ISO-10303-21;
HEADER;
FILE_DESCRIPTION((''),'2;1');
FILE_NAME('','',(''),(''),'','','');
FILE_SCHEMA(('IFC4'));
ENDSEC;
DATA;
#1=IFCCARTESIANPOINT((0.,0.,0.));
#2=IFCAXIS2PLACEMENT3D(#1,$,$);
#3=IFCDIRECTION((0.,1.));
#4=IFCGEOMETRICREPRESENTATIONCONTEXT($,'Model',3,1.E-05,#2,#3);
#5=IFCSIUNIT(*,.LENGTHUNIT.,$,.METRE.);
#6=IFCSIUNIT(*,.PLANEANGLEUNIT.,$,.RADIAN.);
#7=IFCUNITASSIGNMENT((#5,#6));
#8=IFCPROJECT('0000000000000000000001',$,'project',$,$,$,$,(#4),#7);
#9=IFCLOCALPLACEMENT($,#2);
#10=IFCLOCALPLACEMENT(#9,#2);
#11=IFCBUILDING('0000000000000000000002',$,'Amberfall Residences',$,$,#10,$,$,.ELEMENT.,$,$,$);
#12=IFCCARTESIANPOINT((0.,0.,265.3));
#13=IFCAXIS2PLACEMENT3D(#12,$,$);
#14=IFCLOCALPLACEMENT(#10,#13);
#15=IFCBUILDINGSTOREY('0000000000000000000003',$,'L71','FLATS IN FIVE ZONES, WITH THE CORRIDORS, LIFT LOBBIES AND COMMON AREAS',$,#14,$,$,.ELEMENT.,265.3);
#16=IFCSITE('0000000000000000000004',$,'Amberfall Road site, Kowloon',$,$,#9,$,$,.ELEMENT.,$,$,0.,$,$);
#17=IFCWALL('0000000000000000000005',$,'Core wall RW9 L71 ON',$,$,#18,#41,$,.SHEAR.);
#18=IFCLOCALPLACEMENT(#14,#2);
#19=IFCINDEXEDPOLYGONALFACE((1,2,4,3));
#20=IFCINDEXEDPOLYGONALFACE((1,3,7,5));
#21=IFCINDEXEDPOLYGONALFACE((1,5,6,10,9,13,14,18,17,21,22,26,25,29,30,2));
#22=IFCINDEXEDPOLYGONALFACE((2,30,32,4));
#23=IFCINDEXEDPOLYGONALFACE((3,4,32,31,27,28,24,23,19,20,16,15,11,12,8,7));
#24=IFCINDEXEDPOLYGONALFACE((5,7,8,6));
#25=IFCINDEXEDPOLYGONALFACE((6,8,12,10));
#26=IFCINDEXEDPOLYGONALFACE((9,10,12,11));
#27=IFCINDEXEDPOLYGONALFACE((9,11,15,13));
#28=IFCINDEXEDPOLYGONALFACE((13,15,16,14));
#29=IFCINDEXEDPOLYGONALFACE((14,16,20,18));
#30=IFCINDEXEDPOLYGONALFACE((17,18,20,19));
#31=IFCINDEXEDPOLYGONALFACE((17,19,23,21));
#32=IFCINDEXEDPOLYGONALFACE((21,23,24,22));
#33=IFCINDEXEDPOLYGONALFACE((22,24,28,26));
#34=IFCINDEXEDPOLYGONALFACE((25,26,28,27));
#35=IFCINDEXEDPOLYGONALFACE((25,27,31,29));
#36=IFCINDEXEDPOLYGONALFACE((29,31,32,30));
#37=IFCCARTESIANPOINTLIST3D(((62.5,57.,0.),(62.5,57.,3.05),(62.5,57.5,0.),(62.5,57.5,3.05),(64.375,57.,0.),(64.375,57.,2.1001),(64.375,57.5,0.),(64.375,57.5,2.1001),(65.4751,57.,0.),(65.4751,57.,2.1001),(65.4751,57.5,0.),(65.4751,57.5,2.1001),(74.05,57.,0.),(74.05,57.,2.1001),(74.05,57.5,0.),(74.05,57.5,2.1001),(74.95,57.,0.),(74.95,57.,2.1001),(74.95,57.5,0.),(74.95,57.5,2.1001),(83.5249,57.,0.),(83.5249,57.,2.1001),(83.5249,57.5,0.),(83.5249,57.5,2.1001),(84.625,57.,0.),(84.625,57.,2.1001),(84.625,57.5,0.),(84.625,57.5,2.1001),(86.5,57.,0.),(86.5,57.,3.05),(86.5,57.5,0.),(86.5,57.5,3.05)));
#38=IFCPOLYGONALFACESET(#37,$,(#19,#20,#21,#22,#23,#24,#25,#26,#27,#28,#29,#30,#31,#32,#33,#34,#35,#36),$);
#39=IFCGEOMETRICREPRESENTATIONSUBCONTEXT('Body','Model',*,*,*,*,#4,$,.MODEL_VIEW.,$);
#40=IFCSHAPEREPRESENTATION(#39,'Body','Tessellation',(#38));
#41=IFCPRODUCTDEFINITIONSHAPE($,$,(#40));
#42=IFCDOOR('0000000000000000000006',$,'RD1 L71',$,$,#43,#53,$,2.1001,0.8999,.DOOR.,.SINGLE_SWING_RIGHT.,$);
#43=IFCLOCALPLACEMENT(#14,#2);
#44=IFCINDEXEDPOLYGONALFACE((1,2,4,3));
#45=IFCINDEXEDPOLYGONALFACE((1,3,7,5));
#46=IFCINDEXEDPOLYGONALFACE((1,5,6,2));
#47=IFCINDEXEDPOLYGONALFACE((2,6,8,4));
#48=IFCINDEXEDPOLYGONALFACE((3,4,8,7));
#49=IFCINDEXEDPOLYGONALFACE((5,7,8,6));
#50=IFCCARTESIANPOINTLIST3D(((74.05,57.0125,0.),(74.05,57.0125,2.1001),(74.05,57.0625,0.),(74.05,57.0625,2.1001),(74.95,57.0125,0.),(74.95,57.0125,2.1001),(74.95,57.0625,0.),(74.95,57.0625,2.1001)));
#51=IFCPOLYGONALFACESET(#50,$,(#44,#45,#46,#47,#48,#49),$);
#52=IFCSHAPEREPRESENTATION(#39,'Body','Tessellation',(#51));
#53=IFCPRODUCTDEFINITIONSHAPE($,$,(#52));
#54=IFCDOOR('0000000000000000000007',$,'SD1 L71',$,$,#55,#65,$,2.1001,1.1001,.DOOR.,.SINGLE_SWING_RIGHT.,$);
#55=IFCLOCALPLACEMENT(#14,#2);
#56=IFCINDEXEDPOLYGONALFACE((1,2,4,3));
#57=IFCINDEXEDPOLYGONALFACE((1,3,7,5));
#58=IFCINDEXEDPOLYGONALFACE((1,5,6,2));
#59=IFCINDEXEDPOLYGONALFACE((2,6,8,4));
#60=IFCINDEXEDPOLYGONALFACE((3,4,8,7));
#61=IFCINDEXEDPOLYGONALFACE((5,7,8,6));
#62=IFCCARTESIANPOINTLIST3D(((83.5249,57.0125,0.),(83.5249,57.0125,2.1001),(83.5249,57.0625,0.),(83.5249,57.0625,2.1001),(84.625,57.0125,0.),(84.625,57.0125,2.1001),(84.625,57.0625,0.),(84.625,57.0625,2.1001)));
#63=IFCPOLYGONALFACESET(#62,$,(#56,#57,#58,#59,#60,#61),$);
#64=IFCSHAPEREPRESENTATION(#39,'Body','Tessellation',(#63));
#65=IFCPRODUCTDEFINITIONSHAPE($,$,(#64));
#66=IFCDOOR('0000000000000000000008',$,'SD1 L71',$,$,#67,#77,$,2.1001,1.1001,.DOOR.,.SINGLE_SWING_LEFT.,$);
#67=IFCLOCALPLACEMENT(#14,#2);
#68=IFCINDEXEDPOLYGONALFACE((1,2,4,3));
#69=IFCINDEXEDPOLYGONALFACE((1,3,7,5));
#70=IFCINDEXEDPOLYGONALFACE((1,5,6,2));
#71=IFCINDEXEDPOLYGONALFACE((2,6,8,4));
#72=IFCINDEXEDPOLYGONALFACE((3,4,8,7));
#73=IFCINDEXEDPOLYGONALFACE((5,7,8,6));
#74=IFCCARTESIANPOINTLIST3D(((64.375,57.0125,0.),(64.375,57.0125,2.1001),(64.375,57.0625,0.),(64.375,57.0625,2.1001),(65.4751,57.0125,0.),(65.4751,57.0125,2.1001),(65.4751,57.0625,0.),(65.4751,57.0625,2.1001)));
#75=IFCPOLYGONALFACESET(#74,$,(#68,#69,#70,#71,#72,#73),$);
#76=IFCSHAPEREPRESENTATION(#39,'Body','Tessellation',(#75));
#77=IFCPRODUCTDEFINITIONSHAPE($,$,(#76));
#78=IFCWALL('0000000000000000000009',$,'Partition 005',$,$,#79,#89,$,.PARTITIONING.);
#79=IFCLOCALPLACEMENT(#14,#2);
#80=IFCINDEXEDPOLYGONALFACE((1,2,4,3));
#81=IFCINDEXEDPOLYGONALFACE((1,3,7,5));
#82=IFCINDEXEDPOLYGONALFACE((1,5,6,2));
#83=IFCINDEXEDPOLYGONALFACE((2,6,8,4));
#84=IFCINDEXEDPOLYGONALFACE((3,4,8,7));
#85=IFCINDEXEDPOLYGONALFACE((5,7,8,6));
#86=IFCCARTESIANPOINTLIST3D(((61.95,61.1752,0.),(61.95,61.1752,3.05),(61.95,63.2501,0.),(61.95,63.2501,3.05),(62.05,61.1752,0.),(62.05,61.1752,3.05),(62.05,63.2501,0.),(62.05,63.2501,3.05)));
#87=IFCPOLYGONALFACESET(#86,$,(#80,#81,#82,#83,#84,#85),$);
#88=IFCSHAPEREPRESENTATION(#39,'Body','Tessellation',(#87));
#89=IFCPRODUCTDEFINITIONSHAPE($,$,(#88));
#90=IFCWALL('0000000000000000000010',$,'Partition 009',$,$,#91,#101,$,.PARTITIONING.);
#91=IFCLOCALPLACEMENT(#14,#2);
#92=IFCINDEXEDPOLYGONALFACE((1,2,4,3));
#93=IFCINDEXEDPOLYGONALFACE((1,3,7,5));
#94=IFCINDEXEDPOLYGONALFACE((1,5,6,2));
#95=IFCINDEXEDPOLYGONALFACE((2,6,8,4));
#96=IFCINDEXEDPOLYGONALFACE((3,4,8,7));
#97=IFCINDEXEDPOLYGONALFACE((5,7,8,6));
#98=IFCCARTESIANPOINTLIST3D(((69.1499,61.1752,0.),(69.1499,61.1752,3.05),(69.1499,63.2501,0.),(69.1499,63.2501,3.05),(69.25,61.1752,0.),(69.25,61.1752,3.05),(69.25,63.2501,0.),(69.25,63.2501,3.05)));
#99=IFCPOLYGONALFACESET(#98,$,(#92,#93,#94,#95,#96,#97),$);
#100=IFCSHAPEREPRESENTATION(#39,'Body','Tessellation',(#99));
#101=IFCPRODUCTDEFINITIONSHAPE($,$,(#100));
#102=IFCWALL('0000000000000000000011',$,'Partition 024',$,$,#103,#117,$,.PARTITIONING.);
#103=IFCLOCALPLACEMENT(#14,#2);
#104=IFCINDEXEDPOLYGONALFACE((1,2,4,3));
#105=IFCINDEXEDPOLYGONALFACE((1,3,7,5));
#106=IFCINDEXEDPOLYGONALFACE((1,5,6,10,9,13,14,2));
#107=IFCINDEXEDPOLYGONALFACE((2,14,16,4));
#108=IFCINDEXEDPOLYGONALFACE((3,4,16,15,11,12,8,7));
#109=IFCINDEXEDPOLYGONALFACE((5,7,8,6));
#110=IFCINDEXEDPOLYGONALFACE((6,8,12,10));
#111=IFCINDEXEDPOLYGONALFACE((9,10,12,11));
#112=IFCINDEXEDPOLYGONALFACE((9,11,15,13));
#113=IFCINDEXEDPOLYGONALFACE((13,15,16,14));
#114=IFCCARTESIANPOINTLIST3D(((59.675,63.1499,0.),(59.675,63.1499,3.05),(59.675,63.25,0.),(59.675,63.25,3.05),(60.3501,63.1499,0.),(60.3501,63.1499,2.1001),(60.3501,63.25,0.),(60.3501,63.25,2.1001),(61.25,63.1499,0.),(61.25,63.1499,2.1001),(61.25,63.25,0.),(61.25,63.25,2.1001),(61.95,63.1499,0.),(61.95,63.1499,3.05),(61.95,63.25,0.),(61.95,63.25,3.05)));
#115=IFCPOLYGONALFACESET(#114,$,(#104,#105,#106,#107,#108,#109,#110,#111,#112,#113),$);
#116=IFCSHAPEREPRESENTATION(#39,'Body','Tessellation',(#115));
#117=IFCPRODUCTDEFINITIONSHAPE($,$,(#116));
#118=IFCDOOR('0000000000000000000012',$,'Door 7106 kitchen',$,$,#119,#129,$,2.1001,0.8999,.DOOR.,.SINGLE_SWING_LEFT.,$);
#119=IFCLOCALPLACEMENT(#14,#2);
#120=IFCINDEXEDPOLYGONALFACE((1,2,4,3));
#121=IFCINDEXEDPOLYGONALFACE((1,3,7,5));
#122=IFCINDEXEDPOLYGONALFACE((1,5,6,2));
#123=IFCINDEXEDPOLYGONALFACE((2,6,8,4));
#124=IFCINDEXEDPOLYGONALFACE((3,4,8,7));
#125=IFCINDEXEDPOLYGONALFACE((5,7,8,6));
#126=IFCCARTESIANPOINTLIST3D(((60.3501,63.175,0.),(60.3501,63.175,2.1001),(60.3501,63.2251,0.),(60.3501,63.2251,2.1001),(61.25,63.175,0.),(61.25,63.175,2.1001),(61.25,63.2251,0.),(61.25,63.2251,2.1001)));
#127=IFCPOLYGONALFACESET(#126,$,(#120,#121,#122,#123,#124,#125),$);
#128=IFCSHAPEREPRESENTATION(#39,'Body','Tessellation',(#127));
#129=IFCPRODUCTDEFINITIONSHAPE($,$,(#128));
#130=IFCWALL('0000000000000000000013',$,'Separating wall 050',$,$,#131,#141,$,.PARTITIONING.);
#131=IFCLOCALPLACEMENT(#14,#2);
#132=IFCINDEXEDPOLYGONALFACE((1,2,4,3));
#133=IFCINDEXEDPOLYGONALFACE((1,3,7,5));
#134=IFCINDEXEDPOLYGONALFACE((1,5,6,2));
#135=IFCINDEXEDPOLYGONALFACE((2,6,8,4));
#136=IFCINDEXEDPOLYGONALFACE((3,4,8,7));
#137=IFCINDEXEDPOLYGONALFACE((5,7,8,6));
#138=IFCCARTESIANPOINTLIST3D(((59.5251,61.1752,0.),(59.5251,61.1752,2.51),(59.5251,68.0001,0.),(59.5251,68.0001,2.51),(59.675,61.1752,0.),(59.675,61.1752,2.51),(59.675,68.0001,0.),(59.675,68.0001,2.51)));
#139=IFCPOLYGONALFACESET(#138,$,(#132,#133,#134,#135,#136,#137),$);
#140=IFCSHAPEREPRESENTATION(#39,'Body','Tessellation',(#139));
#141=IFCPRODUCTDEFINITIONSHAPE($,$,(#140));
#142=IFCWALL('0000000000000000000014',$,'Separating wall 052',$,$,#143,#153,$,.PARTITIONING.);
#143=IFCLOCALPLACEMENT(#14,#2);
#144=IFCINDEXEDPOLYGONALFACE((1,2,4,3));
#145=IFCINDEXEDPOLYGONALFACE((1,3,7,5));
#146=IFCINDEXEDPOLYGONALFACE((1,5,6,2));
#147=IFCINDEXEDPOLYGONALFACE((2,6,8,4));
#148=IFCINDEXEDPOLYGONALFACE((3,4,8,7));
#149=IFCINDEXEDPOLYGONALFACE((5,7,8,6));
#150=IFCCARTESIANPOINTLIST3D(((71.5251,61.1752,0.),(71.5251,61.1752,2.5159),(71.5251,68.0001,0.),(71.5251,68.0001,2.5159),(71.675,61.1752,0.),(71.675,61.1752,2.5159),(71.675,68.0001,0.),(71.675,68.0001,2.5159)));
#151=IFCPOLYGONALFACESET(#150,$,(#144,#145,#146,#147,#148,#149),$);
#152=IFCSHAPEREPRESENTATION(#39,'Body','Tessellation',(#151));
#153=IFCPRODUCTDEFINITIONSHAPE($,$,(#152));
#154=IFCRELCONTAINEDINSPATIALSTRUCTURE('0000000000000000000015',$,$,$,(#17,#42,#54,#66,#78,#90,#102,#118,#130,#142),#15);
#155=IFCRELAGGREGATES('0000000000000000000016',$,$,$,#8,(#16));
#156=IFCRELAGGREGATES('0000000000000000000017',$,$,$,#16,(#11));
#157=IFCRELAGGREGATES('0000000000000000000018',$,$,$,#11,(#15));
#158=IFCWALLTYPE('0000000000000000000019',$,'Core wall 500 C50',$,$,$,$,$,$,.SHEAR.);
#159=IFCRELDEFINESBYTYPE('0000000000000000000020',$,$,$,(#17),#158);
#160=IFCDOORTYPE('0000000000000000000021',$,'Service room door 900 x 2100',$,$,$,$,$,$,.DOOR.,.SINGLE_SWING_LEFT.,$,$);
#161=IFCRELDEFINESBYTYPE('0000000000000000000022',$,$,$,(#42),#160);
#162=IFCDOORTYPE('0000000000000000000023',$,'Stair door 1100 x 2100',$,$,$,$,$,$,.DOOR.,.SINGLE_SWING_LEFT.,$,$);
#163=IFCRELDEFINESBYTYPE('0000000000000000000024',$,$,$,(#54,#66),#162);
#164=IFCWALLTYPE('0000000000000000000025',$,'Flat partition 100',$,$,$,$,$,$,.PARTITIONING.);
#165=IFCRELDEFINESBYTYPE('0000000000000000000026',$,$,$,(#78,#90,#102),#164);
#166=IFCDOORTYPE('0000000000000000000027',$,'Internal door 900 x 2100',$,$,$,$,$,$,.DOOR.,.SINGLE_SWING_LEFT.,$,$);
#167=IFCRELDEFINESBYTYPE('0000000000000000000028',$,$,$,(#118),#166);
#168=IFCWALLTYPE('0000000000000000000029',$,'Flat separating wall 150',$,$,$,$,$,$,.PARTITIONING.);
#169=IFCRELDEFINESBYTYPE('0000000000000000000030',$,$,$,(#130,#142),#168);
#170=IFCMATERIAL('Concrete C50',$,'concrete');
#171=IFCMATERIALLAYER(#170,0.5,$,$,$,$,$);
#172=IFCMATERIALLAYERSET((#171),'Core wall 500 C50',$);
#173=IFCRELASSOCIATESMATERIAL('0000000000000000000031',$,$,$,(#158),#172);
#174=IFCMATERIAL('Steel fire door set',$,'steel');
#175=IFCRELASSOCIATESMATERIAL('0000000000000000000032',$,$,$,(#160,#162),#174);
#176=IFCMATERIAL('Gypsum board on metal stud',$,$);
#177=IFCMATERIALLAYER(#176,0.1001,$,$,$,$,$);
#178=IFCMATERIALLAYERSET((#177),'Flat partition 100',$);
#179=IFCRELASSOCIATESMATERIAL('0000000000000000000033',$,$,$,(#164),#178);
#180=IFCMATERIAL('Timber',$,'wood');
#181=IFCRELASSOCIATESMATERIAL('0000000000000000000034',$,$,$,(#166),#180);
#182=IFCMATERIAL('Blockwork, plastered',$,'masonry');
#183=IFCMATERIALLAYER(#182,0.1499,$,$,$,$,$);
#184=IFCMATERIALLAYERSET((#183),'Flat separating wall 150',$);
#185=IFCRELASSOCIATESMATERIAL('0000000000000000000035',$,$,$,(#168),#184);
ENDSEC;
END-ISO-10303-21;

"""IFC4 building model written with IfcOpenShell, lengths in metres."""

from ifc_helpers import new_model, si_unit, direction, frame, frame_2d, origin, place, context, subcontext, project, spatial, rectangle, extrude, material, layer, layer_set, type_object, element, fill, save


model = new_model("IFC4")

# Units and contexts
model_context = context("Model", 3, precision=1e-05, world=origin(), true_north=direction((0.0, 1.0)))
body_context = subcontext(model_context, "Body", "Model", "MODEL_VIEW")
ifc_project = project(units=[si_unit("LENGTHUNIT", "METRE"), si_unit("PLANEANGLEUNIT", "RADIAN")], contexts=[model_context])

# Site, building, storey
site_placement = place(None, origin())
site = spatial("IfcSite", under=ifc_project, at=site_placement, Name="Amberfall Road site, Kowloon", CompositionType="ELEMENT", RefElevation=0.0)
building_placement = place(site_placement, origin())
building = spatial("IfcBuilding", under=site, at=building_placement, Name="Amberfall Residences", CompositionType="ELEMENT")
storey_placement = place(building_placement, frame((0.0, 0.0, 265.3)))
storey = spatial("IfcBuildingStorey", under=building, at=storey_placement, Name="L71", Description="FLATS IN FIVE ZONES, WITH THE CORRIDORS, LIFT LOBBIES AND COMMON AREAS", CompositionType="ELEMENT", Elevation=265.3)

# Wall, openings, doors
ifc_material_1 = material(Name="Concrete C50", Category="concrete")
ifc_layer_1 = layer(ifc_material_1, 0.5)
ifc_layer_set_1 = layer_set([ifc_layer_1], Name="Core wall 500 C50")
wall_type_1 = type_object("IfcWallType", Name="Core wall 500 C50", PredefinedType="SHEAR", material=ifc_layer_set_1)
wall_1_placement = place(storey_placement, frame((62.5, 57.25, 0.0), z_axis=(0.0, 0.0, 1.0), x_axis=(1.0, 0.0, 0.0)))
wall_1 = element("IfcWall", 1, at=wall_1_placement, inside=storey, type_object=wall_type_1, Name="Core wall RW9 L71 ON", PredefinedType="SHEAR", context=body_context, shape_type="SweptSolid", body=[
    extrude(rectangle(XDim=24.0, YDim=0.5, at=frame_2d((12.0, 0.0))), origin(), (0.0, 0.0, 1.0), 3.05),
])
opening_1_placement = place(wall_1_placement, frame((21.0249, 0.0, 0.0)))
opening_1 = element("IfcOpeningElement", 2, at=opening_1_placement, cuts=wall_1, PredefinedType="OPENING", context=body_context, shape_type="SweptSolid", body=[
    extrude(rectangle(XDim=1.1001, YDim=2.1001, at=frame_2d((0.55, 1.05))), frame((0.0, 0.26, 0.0), z_axis=(0.0, -1.0, 0.0), x_axis=(1.0, 0.0, 0.0)), (0.0, 0.0, 1.0), 0.52),
])
opening_2_placement = place(wall_1_placement, frame((1.875, 0.0, 0.0)))
opening_2 = element("IfcOpeningElement", 3, at=opening_2_placement, cuts=wall_1, PredefinedType="OPENING", context=body_context, shape_type="SweptSolid", body=[
    extrude(rectangle(XDim=1.1001, YDim=2.1001, at=frame_2d((0.55, 1.05))), frame((0.0, 0.26, 0.0), z_axis=(0.0, -1.0, 0.0), x_axis=(1.0, 0.0, 0.0)), (0.0, 0.0, 1.0), 0.52),
])
opening_3_placement = place(wall_1_placement, frame((11.55, 0.0, 0.0)))
opening_3 = element("IfcOpeningElement", 4, at=opening_3_placement, cuts=wall_1, PredefinedType="OPENING", context=body_context, shape_type="SweptSolid", body=[
    extrude(rectangle(XDim=0.8999, YDim=2.1001, at=frame_2d((0.45, 1.05))), frame((0.0, 0.26, 0.0), z_axis=(0.0, -1.0, 0.0), x_axis=(1.0, 0.0, 0.0)), (0.0, 0.0, 1.0), 0.52),
])
ifc_material_2 = material(Name="Steel fire door set", Category="steel")
door_type_1 = type_object("IfcDoorType", Name="Service room door 900 x 2100", OperationType="SINGLE_SWING_LEFT", PredefinedType="DOOR", material=ifc_material_2)
door_1_placement = place(opening_3_placement, origin())
door_1 = element("IfcDoor", 5, at=door_1_placement, inside=storey, type_object=door_type_1, Name="RD1 L71", OperationType="SINGLE_SWING_RIGHT", OverallHeight=2.1001, OverallWidth=0.8999, PredefinedType="DOOR", context=body_context, shape_type="SweptSolid", body=[
    extrude(rectangle(XDim=0.8999, YDim=2.1001, at=frame_2d((0.45, 1.05))), frame((0.0, -0.1875, 0.0), z_axis=(0.0, -1.0, 0.0), x_axis=(1.0, 0.0, 0.0)), (0.0, 0.0, 1.0), 0.05),
])
fill(opening_3, door_1)
door_type_2 = type_object("IfcDoorType", Name="Stair door 1100 x 2100", OperationType="SINGLE_SWING_LEFT", PredefinedType="DOOR", material=ifc_material_2)
door_2_placement = place(opening_1_placement, origin())
door_2 = element("IfcDoor", 6, at=door_2_placement, inside=storey, type_object=door_type_2, Name="SD1 L71", OperationType="SINGLE_SWING_RIGHT", OverallHeight=2.1001, OverallWidth=1.1001, PredefinedType="DOOR", context=body_context, shape_type="SweptSolid", body=[
    extrude(rectangle(XDim=1.1001, YDim=2.1001, at=frame_2d((0.55, 1.05))), frame((0.0, -0.1875, 0.0), z_axis=(0.0, -1.0, 0.0), x_axis=(1.0, 0.0, 0.0)), (0.0, 0.0, 1.0), 0.05),
])
fill(opening_1, door_2)
door_3_placement = place(opening_2_placement, origin())
door_3 = element("IfcDoor", 7, at=door_3_placement, inside=storey, type_object=door_type_2, Name="SD1 L71", OperationType="SINGLE_SWING_LEFT", OverallHeight=2.1001, OverallWidth=1.1001, PredefinedType="DOOR", context=body_context, shape_type="SweptSolid", body=[
    extrude(rectangle(XDim=1.1001, YDim=2.1001, at=frame_2d((0.55, 1.05))), frame((0.0, -0.1875, 0.0), z_axis=(0.0, -1.0, 0.0), x_axis=(1.0, 0.0, 0.0)), (0.0, 0.0, 1.0), 0.05),
])
fill(opening_2, door_3)

# Walls
ifc_material_3 = material(Name="Gypsum board on metal stud")
ifc_layer_2 = layer(ifc_material_3, 0.1001)
ifc_layer_set_2 = layer_set([ifc_layer_2], Name="Flat partition 100")
wall_type_2 = type_object("IfcWallType", Name="Flat partition 100", PredefinedType="PARTITIONING", material=ifc_layer_set_2)
for number, where, z_axis, x_axis, name in (
    (8, (62.0, 61.175, 0.0), (0.0, 0.0, 1.0), (0.0, 1.0, 0.0), "Partition 005"),
    (9, (69.2, 61.175, 0.0), (0.0, 0.0, 1.0), (0.0, 1.0, 0.0), "Partition 009"),
):
    element("IfcWall", number, at=place(storey_placement, frame(where, z_axis=z_axis, x_axis=x_axis)), inside=storey, type_object=wall_type_2, Name=name, PredefinedType="PARTITIONING", context=body_context, shape_type="SweptSolid", body=[
        extrude(rectangle(XDim=2.075, YDim=0.1001, at=frame_2d((1.0376, 0.0))), origin(), (0.0, 0.0, 1.0), 3.05),
    ])

# Wall, opening, door
wall_2_placement = place(storey_placement, frame((61.95, 63.2, 0.0), z_axis=(0.0, 0.0, 1.0), x_axis=(-1.0, 0.0, 0.0)))
wall_2 = element("IfcWall", 10, at=wall_2_placement, inside=storey, type_object=wall_type_2, Name="Partition 024", PredefinedType="PARTITIONING", context=body_context, shape_type="SweptSolid", body=[
    extrude(rectangle(XDim=2.2749, YDim=0.1001, at=frame_2d((1.1375, 0.0))), origin(), (0.0, 0.0, 1.0), 3.05),
])
opening_4_placement = place(wall_2_placement, frame((0.7, 0.0, 0.0)))
opening_4 = element("IfcOpeningElement", 11, at=opening_4_placement, cuts=wall_2, PredefinedType="OPENING", context=body_context, shape_type="SweptSolid", body=[
    extrude(rectangle(XDim=0.8999, YDim=2.1001, at=frame_2d((0.45, 1.05))), frame((0.0, 0.0601, 0.0), z_axis=(0.0, -1.0, 0.0), x_axis=(1.0, 0.0, 0.0)), (0.0, 0.0, 1.0), 0.1201),
])
ifc_material_4 = material(Name="Timber", Category="wood")
door_type_3 = type_object("IfcDoorType", Name="Internal door 900 x 2100", OperationType="SINGLE_SWING_LEFT", PredefinedType="DOOR", material=ifc_material_4)
door_4_placement = place(opening_4_placement, origin())
door_4 = element("IfcDoor", 12, at=door_4_placement, inside=storey, type_object=door_type_3, Name="Door 7106 kitchen", OperationType="SINGLE_SWING_LEFT", OverallHeight=2.1001, OverallWidth=0.8999, PredefinedType="DOOR", context=body_context, shape_type="SweptSolid", body=[
    extrude(rectangle(XDim=0.8999, YDim=2.1001, at=frame_2d((0.45, 1.05))), frame((0.0, 0.0249, 0.0), z_axis=(0.0, -1.0, 0.0), x_axis=(1.0, 0.0, 0.0)), (0.0, 0.0, 1.0), 0.05),
])
fill(opening_4, door_4)

# Walls
ifc_material_5 = material(Name="Blockwork, plastered", Category="masonry")
ifc_layer_3 = layer(ifc_material_5, 0.1499)
ifc_layer_set_3 = layer_set([ifc_layer_3], Name="Flat separating wall 150")
wall_type_3 = type_object("IfcWallType", Name="Flat separating wall 150", PredefinedType="PARTITIONING", material=ifc_layer_set_3)
wall_3_placement = place(storey_placement, frame((59.6001, 61.175, 0.0), z_axis=(0.0, 0.0, 1.0), x_axis=(0.0, 1.0, 0.0)))
element("IfcWall", 13, at=wall_3_placement, inside=storey, type_object=wall_type_3, Name="Separating wall 050", PredefinedType="PARTITIONING", context=body_context, shape_type="SweptSolid", body=[
    extrude(rectangle(XDim=6.825, YDim=0.1499, at=frame_2d((3.4126, 0.0))), origin(), (0.0, 0.0, 1.0), 2.51),
])
wall_4_placement = place(storey_placement, frame((71.6001, 61.175, 0.0), z_axis=(0.0, 0.0, 1.0), x_axis=(0.0, 1.0, 0.0)))
element("IfcWall", 14, at=wall_4_placement, inside=storey, type_object=wall_type_3, Name="Separating wall 052", PredefinedType="PARTITIONING", context=body_context, shape_type="SweptSolid", body=[
    extrude(rectangle(XDim=6.825, YDim=0.1499, at=frame_2d((3.4126, 0.0))), origin(), (0.0, 0.0, 1.0), 2.5159),
])

save(model, "model.ifc")
